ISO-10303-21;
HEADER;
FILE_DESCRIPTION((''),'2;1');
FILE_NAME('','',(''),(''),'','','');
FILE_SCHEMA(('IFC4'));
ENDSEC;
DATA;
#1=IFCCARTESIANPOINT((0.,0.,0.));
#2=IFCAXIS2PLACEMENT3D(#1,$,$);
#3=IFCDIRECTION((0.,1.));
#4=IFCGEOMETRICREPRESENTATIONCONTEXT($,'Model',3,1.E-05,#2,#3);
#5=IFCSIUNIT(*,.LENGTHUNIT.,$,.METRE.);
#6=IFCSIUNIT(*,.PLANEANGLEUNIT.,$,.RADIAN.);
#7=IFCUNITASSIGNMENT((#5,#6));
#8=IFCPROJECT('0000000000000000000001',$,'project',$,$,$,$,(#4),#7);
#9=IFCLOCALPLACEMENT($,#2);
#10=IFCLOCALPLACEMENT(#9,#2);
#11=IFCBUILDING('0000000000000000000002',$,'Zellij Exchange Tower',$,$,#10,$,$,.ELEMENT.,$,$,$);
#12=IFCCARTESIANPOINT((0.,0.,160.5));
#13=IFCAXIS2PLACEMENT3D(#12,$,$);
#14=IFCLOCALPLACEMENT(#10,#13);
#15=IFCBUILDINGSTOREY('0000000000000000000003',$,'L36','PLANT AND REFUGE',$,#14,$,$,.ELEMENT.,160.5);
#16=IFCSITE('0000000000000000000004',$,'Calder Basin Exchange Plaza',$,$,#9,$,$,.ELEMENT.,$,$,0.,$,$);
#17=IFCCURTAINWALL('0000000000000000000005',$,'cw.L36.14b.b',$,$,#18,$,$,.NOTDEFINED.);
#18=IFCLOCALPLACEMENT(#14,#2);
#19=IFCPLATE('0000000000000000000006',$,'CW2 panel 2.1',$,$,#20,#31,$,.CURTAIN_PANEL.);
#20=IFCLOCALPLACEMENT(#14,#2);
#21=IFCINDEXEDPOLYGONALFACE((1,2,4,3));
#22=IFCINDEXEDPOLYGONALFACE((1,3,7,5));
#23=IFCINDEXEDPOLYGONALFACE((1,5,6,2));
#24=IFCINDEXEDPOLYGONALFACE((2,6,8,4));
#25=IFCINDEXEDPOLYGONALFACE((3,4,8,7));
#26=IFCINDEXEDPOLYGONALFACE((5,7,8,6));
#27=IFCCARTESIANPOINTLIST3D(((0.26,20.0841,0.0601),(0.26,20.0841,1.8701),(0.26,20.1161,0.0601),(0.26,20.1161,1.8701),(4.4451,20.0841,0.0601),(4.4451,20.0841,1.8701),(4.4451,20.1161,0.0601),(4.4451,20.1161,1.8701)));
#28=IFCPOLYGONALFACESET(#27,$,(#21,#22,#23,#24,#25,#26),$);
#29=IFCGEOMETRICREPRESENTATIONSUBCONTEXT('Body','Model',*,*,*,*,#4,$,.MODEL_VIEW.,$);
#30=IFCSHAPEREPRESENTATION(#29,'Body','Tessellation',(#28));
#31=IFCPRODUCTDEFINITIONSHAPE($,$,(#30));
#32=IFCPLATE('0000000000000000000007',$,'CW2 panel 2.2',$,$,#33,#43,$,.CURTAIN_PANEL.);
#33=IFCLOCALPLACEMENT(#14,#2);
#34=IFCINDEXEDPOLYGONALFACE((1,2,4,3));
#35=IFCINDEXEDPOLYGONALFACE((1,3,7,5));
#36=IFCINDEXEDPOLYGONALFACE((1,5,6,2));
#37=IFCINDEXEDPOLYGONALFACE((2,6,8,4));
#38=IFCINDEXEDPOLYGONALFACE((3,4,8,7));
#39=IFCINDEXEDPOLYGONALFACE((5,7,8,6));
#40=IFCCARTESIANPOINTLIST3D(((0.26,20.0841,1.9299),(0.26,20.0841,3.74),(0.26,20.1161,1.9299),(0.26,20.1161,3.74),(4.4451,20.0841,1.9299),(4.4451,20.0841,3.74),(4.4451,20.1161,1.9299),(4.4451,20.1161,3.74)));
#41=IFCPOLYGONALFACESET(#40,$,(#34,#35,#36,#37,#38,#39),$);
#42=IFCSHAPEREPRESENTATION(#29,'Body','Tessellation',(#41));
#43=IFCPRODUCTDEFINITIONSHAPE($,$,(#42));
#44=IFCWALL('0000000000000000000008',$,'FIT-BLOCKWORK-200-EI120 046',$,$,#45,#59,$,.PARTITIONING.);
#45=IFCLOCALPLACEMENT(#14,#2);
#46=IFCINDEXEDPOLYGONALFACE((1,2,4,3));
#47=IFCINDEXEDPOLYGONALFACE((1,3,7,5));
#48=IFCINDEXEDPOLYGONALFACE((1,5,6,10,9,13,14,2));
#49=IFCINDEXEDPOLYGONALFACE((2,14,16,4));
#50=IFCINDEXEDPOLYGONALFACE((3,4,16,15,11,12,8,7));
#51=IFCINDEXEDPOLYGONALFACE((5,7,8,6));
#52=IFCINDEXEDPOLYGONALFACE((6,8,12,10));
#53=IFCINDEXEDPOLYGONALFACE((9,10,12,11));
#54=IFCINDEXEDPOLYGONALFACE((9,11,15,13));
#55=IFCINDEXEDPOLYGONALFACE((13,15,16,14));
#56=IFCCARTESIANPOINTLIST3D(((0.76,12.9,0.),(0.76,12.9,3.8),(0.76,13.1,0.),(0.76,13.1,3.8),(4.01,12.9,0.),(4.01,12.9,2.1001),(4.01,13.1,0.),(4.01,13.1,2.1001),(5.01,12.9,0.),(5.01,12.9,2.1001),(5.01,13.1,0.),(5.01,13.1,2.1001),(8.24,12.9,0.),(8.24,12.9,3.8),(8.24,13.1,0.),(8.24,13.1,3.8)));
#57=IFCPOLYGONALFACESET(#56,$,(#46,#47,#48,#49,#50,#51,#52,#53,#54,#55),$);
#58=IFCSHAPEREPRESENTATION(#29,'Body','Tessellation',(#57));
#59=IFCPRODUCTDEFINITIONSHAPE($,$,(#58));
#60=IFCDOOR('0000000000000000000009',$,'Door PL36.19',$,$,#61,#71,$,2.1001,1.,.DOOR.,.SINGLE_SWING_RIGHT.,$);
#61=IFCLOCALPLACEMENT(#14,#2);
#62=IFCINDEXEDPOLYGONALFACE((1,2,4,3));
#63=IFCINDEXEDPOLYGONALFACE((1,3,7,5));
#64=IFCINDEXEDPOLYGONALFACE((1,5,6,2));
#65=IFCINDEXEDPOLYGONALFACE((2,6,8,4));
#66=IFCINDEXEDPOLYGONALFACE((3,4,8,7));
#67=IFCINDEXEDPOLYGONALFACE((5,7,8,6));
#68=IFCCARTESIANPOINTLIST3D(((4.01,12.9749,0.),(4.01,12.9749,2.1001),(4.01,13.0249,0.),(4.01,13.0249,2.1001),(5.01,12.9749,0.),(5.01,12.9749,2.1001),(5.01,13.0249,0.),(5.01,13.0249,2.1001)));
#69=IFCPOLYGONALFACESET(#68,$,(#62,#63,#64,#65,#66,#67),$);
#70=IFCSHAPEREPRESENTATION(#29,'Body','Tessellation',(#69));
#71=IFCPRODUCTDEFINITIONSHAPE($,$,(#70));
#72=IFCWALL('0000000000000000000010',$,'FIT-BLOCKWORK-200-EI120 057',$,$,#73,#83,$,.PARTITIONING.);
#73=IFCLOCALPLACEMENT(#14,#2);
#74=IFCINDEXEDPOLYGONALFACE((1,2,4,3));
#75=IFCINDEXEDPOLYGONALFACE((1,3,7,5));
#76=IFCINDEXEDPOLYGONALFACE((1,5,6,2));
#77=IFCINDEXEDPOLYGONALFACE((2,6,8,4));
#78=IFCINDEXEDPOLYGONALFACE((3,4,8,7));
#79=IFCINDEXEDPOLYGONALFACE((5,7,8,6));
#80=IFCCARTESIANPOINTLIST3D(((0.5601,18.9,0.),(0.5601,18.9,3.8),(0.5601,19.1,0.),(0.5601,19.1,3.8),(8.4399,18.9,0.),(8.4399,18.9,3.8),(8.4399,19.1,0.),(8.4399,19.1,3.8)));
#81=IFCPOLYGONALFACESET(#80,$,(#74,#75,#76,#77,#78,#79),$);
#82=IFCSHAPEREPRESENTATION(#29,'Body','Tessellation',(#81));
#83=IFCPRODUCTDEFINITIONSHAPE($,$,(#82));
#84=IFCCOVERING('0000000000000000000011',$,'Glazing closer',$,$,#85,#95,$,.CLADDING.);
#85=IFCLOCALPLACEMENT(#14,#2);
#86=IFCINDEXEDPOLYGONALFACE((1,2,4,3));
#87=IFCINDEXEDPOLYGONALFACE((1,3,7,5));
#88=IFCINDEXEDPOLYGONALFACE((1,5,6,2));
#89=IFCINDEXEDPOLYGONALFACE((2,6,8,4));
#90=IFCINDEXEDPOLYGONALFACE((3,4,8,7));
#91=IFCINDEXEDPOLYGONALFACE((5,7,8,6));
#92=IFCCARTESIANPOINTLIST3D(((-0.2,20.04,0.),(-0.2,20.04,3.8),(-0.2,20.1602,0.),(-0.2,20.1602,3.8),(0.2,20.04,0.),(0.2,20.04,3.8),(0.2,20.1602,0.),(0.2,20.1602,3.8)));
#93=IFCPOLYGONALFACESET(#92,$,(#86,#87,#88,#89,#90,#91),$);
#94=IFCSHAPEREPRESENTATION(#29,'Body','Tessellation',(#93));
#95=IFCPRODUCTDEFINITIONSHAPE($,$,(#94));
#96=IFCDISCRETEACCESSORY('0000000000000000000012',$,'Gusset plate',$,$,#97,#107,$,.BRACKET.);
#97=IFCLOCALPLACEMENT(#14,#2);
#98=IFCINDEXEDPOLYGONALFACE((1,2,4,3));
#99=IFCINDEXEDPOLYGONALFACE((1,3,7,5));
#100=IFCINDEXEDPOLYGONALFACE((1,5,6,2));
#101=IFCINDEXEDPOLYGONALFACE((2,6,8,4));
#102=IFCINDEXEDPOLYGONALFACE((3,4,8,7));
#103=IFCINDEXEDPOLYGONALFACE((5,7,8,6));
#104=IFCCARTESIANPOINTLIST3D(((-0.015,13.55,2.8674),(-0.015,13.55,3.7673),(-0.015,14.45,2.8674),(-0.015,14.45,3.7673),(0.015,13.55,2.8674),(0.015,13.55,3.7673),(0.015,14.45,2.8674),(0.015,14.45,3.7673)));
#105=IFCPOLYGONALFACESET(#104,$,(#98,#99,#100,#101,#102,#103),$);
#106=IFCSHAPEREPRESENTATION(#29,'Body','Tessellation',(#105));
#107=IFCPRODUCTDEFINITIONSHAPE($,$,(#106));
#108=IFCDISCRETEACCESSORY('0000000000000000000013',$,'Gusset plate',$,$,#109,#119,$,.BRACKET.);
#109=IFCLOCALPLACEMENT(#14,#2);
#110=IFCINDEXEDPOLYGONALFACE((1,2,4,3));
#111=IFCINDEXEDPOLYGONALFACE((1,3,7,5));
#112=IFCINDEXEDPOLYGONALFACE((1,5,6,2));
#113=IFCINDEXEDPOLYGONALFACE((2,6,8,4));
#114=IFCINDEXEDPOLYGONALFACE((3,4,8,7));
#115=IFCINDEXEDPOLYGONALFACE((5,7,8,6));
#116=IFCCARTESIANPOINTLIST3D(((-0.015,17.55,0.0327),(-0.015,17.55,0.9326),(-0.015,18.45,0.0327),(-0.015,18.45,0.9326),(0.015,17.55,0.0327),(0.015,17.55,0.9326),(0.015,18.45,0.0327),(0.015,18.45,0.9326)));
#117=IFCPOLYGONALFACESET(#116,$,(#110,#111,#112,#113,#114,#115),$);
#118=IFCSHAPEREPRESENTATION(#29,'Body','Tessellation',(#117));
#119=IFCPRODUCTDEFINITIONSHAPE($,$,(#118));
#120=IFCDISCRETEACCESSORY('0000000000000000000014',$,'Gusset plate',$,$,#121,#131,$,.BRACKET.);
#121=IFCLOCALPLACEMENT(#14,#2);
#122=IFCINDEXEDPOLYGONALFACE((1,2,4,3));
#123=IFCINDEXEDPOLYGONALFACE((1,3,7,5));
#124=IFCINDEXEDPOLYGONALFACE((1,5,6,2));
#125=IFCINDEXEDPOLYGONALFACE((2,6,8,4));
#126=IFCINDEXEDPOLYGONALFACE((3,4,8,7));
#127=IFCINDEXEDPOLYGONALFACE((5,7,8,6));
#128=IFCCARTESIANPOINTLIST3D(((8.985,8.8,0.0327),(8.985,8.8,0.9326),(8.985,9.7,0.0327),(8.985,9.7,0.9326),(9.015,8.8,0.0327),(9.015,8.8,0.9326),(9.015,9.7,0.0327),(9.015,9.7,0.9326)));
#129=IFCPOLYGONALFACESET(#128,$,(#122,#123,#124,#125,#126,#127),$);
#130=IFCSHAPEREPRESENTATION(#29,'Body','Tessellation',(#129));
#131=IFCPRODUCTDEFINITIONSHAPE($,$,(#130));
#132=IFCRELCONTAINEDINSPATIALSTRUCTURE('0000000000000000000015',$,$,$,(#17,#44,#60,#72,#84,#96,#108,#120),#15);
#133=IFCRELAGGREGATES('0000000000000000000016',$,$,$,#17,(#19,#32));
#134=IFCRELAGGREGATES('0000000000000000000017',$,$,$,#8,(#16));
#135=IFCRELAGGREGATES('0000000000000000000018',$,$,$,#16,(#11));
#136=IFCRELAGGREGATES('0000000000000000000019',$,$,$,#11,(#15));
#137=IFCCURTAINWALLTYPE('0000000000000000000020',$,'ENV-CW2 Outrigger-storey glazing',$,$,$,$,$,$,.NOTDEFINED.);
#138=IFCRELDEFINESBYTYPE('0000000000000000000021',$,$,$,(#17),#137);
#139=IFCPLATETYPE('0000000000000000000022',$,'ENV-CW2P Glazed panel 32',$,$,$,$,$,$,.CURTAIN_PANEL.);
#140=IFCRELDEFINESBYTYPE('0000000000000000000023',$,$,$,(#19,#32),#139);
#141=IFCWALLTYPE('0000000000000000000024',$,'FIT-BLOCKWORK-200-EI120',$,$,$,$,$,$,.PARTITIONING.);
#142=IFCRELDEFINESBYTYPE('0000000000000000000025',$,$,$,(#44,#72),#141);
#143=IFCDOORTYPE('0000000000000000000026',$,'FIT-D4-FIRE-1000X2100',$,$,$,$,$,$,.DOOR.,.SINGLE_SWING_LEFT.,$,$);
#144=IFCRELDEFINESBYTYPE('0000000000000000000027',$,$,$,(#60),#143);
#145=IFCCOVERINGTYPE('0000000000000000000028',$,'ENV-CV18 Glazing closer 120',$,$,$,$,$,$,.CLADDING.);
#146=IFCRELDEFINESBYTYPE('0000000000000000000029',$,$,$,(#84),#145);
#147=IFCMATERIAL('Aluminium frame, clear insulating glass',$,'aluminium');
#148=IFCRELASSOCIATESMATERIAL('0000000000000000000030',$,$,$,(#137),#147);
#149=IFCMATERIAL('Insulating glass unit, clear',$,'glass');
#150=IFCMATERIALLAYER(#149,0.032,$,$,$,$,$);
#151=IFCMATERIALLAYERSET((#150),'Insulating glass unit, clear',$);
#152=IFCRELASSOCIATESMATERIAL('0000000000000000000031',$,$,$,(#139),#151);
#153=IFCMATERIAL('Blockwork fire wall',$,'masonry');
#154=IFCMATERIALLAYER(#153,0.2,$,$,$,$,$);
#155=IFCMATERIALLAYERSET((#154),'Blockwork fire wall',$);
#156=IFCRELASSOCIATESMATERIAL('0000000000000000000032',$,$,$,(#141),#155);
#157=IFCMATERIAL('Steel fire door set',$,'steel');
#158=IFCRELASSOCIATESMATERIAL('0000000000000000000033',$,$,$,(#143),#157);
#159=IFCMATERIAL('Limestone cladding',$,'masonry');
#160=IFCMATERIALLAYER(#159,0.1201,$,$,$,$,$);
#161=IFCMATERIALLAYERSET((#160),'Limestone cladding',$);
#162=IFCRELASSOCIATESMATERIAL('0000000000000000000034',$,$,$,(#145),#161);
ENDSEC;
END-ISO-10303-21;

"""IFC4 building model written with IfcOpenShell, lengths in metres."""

from ifc_helpers import new_model, si_unit, direction, frame, frame_2d, origin, origin_2d, place, context, subcontext, project, spatial, rectangle, extrude, material, layer, layer_set, type_object, element, fill, aggregate, save


model = new_model("IFC4")

# Units and contexts
model_context = context("Model", 3, precision=1e-05, world=origin(), true_north=direction((0.0, 1.0)))
body_context = subcontext(model_context, "Body", "Model", "MODEL_VIEW")
ifc_project = project(units=[si_unit("LENGTHUNIT", "METRE"), si_unit("PLANEANGLEUNIT", "RADIAN")], contexts=[model_context])

# Site, building, storey
site_placement = place(None, origin())
site = spatial("IfcSite", under=ifc_project, at=site_placement, Name="Calder Basin Exchange Plaza", CompositionType="ELEMENT", RefElevation=0.0)
building_placement = place(site_placement, origin())
building = spatial("IfcBuilding", under=site, at=building_placement, Name="Zellij Exchange Tower", CompositionType="ELEMENT")
storey_placement = place(building_placement, frame((0.0, 0.0, 160.5)))
storey = spatial("IfcBuildingStorey", under=building, at=storey_placement, Name="L36", Description="PLANT AND REFUGE", CompositionType="ELEMENT", Elevation=160.5)

# Curtain wall
ifc_material_1 = material(Name="Aluminium frame, clear insulating glass", Category="aluminium")
curtain_wall_type = type_object("IfcCurtainWallType", Name="ENV-CW2 Outrigger-storey glazing", PredefinedType="NOTDEFINED", material=ifc_material_1)
curtain_wall_placement = place(storey_placement, origin())
curtain_wall = element("IfcCurtainWall", 1, at=curtain_wall_placement, inside=storey, type_object=curtain_wall_type, Name="cw.L36.14b.b", PredefinedType="NOTDEFINED")

# Plates
ifc_material_2 = material(Name="Insulating glass unit, clear", Category="glass")
ifc_layer_1 = layer(ifc_material_2, 0.032)
ifc_layer_set_1 = layer_set([ifc_layer_1], Name="Insulating glass unit, clear")
plate_type = type_object("IfcPlateType", Name="ENV-CW2P Glazed panel 32", PredefinedType="CURTAIN_PANEL", material=ifc_layer_set_1)
plate_1_placement = place(storey_placement, frame((2.3525, 20.1001, 0.0601), z_axis=(0.0, 0.0, 1.0), x_axis=(-1.0, 0.0, 0.0)))
plate_1 = element("IfcPlate", 2, at=plate_1_placement, type_object=plate_type, Name="CW2 panel 2.1", PredefinedType="CURTAIN_PANEL", context=body_context, shape_type="SweptSolid", body=[
    extrude(rectangle(XDim=4.1851, YDim=0.032, at=origin_2d()), origin(), (0.0, 0.0, 1.0), 1.8101),
])
plate_2_placement = place(storey_placement, frame((2.3525, 20.1001, 1.9299), z_axis=(0.0, 0.0, 1.0), x_axis=(-1.0, 0.0, 0.0)))
plate_2 = element("IfcPlate", 3, at=plate_2_placement, type_object=plate_type, Name="CW2 panel 2.2", PredefinedType="CURTAIN_PANEL", context=body_context, shape_type="SweptSolid", body=[
    extrude(rectangle(XDim=4.1851, YDim=0.032, at=origin_2d()), origin(), (0.0, 0.0, 1.0), 1.8101),
])
aggregate(curtain_wall, [plate_1, plate_2])

# Wall, opening, door
ifc_material_3 = material(Name="Blockwork fire wall", Category="masonry")
ifc_layer_2 = layer(ifc_material_3, 0.2)
ifc_layer_set_2 = layer_set([ifc_layer_2], Name="Blockwork fire wall")
wall_type = type_object("IfcWallType", Name="FIT-BLOCKWORK-200-EI120", PredefinedType="PARTITIONING", material=ifc_layer_set_2)
wall_1_placement = place(storey_placement, frame((0.76, 13.0, 0.0), z_axis=(0.0, 0.0, 1.0), x_axis=(1.0, 0.0, 0.0)))
wall_1 = element("IfcWall", 4, at=wall_1_placement, inside=storey, type_object=wall_type, Name="FIT-BLOCKWORK-200-EI120 046", PredefinedType="PARTITIONING", context=body_context, shape_type="SweptSolid", body=[
    extrude(rectangle(XDim=7.48, YDim=0.2, at=frame_2d((3.74, 0.0))), origin(), (0.0, 0.0, 1.0), 3.8),
])
opening_placement = place(wall_1_placement, frame((3.25, 0.0, 0.0)))
opening = element("IfcOpeningElement", 5, at=opening_placement, cuts=wall_1, PredefinedType="OPENING", context=body_context, shape_type="SweptSolid", body=[
    extrude(rectangle(XDim=1.0, YDim=2.1001, at=frame_2d((0.5, 1.05))), frame((0.0, 0.1118, 0.0), z_axis=(0.0, -1.0, 0.0), x_axis=(1.0, 0.0, 0.0)), (0.0, 0.0, 1.0), 0.2239),
])
ifc_material_4 = material(Name="Steel fire door set", Category="steel")
door_type = type_object("IfcDoorType", Name="FIT-D4-FIRE-1000X2100", OperationType="SINGLE_SWING_LEFT", PredefinedType="DOOR", material=ifc_material_4)
door_placement = place(opening_placement, origin())
door = element("IfcDoor", 6, at=door_placement, inside=storey, type_object=door_type, Name="Door PL36.19", OperationType="SINGLE_SWING_RIGHT", OverallHeight=2.1001, OverallWidth=1.0, PredefinedType="DOOR", context=body_context, shape_type="SweptSolid", body=[
    extrude(rectangle(XDim=1.0, YDim=2.1001, at=frame_2d((0.5, 1.05))), frame((0.0, 0.0249, 0.0), z_axis=(0.0, -1.0, 0.0), x_axis=(1.0, 0.0, 0.0)), (0.0, 0.0, 1.0), 0.05),
])
fill(opening, door)

# Wall
wall_2_placement = place(storey_placement, frame((0.5601, 19.0, 0.0), z_axis=(0.0, 0.0, 1.0), x_axis=(1.0, 0.0, 0.0)))
element("IfcWall", 7, at=wall_2_placement, inside=storey, type_object=wall_type, Name="FIT-BLOCKWORK-200-EI120 057", PredefinedType="PARTITIONING", context=body_context, shape_type="SweptSolid", body=[
    extrude(rectangle(XDim=7.8799, YDim=0.2, at=frame_2d((3.9399, 0.0))), origin(), (0.0, 0.0, 1.0), 3.8),
])

# Covering
ifc_material_5 = material(Name="Limestone cladding", Category="masonry")
ifc_layer_3 = layer(ifc_material_5, 0.1201)
ifc_layer_set_3 = layer_set([ifc_layer_3], Name="Limestone cladding")
covering_type = type_object("IfcCoveringType", Name="ENV-CV18 Glazing closer 120", PredefinedType="CLADDING", material=ifc_layer_set_3)
covering_placement = place(storey_placement, frame((0.0, 20.1001, 0.0), z_axis=(0.0, 0.0, 1.0), x_axis=(-1.0, 0.0, 0.0)))
element("IfcCovering", 8, at=covering_placement, inside=storey, type_object=covering_type, Name="Glazing closer", PredefinedType="CLADDING", context=body_context, shape_type="SweptSolid", body=[
    extrude(rectangle(XDim=0.3999, YDim=0.1201, at=origin_2d()), origin(), (0.0, 0.0, 1.0), 3.8),
])

# Discrete accessories
for number, where, z_axis, x_axis, name in (
    (9, (0.0, 14.0, 2.8674), (0.0, 0.0, 1.0), (0.0, 1.0, 0.0), "Gusset plate"),
    (10, (0.0, 18.0, 0.0327), (0.0, 0.0, 1.0), (0.0, 1.0, 0.0), "Gusset plate"),
    (11, (9.0, 9.25, 0.0327), (0.0, 0.0, 1.0), (0.0, 1.0, 0.0), "Gusset plate"),
):
    element("IfcDiscreteAccessory", number, at=place(storey_placement, frame(where, z_axis=z_axis, x_axis=x_axis)), inside=storey, Name=name, PredefinedType="BRACKET", context=body_context, shape_type="SweptSolid", body=[
        extrude(rectangle(XDim=0.8999, YDim=0.03, at=origin_2d()), origin(), (0.0, 0.0, 1.0), 0.8999),
    ])

save(model, "model.ifc")
